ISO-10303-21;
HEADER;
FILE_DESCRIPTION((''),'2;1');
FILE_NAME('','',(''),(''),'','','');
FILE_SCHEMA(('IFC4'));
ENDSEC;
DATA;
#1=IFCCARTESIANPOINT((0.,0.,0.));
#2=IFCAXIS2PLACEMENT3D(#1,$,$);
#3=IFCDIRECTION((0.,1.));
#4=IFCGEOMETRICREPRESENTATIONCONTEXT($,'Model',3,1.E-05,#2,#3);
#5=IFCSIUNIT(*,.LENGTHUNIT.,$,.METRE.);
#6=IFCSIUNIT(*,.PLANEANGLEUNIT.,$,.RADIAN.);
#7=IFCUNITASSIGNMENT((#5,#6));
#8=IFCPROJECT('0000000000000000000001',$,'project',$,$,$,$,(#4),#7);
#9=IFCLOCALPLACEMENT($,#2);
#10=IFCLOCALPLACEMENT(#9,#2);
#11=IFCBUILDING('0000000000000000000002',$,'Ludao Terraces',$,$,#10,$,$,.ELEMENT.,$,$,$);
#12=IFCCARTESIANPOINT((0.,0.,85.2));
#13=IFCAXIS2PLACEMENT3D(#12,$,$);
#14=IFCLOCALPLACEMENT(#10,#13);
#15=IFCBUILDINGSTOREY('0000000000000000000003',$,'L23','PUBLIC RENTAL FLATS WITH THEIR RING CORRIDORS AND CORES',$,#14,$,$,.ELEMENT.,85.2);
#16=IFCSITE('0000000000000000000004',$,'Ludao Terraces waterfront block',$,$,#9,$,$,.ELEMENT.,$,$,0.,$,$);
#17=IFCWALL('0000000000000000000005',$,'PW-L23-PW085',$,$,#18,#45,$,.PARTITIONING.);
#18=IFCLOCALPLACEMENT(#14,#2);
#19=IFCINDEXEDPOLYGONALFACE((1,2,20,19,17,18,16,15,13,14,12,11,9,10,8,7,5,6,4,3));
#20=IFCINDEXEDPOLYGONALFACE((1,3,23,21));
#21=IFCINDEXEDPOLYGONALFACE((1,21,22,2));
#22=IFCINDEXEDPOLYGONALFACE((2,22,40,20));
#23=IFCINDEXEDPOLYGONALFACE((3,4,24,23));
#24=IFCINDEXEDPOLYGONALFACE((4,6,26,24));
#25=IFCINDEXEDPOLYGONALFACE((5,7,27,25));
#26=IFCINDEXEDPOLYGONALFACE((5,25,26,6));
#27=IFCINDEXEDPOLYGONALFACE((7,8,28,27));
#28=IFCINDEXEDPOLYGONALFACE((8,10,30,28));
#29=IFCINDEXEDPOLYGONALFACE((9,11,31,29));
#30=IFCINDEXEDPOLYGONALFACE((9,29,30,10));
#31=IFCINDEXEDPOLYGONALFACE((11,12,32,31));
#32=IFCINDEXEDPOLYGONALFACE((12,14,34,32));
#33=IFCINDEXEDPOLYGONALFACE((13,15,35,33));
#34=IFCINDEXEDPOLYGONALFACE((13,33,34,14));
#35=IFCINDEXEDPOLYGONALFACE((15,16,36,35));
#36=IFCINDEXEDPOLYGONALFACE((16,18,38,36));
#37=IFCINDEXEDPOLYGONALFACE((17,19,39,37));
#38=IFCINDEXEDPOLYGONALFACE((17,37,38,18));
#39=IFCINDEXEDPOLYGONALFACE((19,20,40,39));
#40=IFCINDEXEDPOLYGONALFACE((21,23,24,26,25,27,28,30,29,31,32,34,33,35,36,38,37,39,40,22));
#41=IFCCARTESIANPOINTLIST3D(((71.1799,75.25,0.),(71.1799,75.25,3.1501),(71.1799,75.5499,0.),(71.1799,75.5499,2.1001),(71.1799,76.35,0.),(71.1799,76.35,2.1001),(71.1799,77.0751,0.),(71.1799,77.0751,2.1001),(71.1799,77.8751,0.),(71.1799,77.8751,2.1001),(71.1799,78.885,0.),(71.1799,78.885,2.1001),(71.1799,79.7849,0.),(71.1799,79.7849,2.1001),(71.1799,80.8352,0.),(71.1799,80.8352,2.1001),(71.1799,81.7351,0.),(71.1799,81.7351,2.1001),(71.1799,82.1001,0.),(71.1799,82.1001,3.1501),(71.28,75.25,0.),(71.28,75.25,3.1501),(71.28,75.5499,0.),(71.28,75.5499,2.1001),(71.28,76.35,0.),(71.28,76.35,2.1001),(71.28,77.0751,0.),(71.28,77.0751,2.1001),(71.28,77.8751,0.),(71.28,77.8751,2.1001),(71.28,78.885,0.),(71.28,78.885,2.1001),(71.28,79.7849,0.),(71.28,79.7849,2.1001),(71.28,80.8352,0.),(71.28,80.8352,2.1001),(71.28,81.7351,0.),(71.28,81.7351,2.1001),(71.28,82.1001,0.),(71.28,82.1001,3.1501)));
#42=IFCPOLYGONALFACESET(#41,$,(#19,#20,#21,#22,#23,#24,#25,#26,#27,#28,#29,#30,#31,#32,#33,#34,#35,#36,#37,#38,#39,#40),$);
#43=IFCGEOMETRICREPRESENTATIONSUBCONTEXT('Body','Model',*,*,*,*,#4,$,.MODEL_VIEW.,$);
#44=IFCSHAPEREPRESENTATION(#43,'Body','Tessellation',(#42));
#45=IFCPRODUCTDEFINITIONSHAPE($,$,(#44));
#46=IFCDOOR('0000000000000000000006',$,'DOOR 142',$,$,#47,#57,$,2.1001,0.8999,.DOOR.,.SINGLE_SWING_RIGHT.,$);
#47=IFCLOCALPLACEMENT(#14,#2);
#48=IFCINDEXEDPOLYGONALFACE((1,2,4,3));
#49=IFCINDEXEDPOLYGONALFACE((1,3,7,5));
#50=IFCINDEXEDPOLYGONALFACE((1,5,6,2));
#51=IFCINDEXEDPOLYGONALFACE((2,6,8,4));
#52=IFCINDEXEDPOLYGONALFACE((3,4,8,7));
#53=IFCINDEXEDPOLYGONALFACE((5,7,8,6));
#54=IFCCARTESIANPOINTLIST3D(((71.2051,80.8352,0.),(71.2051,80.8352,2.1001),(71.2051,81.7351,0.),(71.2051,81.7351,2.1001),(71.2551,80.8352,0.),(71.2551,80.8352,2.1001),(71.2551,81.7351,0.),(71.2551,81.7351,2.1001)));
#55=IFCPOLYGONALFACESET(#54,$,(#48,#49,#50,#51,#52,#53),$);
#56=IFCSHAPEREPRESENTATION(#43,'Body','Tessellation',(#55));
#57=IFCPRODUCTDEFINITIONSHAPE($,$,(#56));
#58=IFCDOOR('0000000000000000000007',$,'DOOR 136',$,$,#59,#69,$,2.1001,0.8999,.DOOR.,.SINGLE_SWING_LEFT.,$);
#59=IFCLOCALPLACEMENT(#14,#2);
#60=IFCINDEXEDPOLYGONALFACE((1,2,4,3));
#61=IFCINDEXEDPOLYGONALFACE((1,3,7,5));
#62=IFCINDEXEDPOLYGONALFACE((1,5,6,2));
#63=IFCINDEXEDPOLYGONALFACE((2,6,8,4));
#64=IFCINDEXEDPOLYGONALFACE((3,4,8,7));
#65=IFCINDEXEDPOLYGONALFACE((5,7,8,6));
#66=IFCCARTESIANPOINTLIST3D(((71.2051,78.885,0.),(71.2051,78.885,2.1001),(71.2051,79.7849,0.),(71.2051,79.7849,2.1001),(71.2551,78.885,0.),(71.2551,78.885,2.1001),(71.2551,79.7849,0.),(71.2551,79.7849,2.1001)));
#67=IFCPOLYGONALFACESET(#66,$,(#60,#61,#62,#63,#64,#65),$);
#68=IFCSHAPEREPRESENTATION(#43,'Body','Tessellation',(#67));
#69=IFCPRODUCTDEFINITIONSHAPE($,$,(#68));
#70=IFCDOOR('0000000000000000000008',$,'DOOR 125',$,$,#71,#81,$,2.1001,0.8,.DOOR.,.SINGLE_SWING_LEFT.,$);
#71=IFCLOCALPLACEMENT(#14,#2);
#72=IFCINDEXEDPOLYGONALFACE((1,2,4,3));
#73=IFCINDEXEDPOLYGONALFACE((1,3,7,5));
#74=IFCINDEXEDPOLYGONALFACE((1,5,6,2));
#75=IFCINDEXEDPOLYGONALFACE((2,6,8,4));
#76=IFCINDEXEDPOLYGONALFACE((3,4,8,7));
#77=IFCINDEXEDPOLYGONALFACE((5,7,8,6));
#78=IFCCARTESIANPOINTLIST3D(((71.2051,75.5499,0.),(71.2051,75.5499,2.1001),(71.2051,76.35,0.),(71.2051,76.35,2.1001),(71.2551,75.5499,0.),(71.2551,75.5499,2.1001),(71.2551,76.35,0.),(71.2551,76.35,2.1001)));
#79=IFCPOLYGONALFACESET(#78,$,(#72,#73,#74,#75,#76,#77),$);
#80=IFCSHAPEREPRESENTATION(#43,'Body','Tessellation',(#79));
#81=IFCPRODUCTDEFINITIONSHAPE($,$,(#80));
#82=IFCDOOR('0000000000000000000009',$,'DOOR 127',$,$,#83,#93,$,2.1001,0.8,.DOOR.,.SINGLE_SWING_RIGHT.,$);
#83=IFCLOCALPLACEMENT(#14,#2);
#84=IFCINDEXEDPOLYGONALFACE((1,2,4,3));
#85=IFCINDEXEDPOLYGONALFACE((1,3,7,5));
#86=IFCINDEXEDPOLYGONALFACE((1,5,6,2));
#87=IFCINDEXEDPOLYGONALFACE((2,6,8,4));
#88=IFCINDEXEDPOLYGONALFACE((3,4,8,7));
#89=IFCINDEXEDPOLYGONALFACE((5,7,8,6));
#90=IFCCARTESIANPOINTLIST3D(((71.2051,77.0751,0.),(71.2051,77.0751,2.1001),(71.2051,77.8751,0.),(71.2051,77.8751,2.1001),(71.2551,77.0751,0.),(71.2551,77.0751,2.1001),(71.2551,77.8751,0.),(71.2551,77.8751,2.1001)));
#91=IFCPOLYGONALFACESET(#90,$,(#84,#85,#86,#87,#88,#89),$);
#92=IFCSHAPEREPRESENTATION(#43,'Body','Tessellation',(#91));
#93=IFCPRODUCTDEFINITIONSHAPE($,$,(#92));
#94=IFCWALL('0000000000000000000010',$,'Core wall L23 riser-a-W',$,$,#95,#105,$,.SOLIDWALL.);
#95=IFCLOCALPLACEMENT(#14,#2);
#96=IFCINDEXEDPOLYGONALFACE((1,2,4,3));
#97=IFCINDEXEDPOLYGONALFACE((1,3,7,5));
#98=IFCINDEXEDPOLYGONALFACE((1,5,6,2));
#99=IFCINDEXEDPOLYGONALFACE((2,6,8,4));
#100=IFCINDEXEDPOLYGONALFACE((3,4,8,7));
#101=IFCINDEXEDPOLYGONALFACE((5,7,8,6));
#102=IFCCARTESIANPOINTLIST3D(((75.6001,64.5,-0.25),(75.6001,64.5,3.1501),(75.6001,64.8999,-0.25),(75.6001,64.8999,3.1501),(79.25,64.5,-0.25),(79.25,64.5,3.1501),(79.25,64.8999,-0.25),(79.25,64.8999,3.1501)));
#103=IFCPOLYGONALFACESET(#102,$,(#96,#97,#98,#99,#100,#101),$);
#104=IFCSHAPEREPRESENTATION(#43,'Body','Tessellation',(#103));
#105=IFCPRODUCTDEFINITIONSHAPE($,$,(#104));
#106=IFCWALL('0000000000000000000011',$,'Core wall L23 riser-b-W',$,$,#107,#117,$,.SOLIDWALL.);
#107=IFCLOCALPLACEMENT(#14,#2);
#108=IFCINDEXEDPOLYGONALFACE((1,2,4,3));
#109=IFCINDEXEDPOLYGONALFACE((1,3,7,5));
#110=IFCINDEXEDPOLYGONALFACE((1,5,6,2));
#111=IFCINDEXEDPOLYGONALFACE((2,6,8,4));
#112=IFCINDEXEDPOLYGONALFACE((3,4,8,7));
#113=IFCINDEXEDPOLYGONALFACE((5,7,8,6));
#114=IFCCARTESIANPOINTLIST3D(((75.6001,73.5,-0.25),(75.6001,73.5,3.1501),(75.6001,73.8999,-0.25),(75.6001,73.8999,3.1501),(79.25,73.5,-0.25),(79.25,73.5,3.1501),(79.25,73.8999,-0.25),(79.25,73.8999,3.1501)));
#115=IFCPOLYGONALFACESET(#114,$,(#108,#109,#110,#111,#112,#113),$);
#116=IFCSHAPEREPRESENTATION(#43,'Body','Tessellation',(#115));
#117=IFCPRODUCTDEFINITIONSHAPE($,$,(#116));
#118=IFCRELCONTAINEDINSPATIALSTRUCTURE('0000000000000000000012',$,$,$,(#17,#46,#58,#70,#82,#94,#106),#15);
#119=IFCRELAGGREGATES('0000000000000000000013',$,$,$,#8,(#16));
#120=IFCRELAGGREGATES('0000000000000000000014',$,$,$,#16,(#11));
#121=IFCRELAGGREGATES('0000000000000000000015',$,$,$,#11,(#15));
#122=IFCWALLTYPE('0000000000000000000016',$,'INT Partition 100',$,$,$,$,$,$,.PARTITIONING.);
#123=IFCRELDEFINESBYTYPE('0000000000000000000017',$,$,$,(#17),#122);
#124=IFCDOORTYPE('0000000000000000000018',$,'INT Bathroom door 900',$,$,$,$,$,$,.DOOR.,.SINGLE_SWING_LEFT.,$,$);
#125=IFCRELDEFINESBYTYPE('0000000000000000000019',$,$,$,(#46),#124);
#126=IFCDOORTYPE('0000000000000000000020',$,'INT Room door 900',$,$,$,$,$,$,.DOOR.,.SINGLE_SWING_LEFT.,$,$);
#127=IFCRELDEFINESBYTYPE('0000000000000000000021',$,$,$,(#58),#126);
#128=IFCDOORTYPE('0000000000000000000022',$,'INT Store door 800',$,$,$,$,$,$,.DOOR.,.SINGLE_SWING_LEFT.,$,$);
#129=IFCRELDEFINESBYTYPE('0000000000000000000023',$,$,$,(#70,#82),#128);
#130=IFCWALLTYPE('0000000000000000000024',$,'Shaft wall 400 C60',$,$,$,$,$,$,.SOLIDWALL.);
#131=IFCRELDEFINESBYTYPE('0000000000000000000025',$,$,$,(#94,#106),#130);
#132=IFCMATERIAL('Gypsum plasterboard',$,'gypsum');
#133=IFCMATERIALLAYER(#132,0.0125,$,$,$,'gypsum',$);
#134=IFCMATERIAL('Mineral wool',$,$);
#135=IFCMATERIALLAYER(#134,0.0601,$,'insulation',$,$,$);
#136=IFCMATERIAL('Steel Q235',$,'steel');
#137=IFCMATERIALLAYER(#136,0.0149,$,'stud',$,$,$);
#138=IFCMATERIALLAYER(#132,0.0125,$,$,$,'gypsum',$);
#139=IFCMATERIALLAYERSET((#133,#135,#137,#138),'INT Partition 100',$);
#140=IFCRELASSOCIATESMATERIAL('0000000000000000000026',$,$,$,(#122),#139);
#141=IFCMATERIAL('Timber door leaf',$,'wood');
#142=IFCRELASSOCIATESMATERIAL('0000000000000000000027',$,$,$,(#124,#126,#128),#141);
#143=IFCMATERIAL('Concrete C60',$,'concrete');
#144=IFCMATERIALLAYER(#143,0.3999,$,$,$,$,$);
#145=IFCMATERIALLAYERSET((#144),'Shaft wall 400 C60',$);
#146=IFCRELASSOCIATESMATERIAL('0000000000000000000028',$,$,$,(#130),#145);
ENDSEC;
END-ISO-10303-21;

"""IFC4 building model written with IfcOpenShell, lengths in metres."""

from ifc_helpers import new_model, si_unit, direction, frame, frame_2d, origin, place, context, subcontext, project, spatial, rectangle, extrude, material, layer, layer_set, type_object, element, fill, save


model = new_model("IFC4")

# Units and contexts
model_context = context("Model", 3, precision=1e-05, world=origin(), true_north=direction((0.0, 1.0)))
body_context = subcontext(model_context, "Body", "Model", "MODEL_VIEW")
ifc_project = project(units=[si_unit("LENGTHUNIT", "METRE"), si_unit("PLANEANGLEUNIT", "RADIAN")], contexts=[model_context])

# Site, building, storey
site_placement = place(None, origin())
site = spatial("IfcSite", under=ifc_project, at=site_placement, Name="Ludao Terraces waterfront block", CompositionType="ELEMENT", RefElevation=0.0)
building_placement = place(site_placement, origin())
building = spatial("IfcBuilding", under=site, at=building_placement, Name="Ludao Terraces", CompositionType="ELEMENT")
storey_placement = place(building_placement, frame((0.0, 0.0, 85.2)))
storey = spatial("IfcBuildingStorey", under=building, at=storey_placement, Name="L23", Description="PUBLIC RENTAL FLATS WITH THEIR RING CORRIDORS AND CORES", CompositionType="ELEMENT", Elevation=85.2)

# Shared definitions
ifc_material_1 = material(Name="Steel Q235", Category="steel")

# Shared definitions
ifc_material_2 = material(Name="Mineral wool")
ifc_material_3 = material(Name="Gypsum plasterboard", Category="gypsum")
ifc_layer_1 = layer(ifc_material_3, 0.0125, Category="gypsum")
ifc_layer_2 = layer(ifc_material_2, 0.0601, Name="insulation")
ifc_layer_3 = layer(ifc_material_1, 0.0149, Name="stud")
ifc_layer_4 = layer(ifc_material_3, 0.0125, Category="gypsum")
ifc_layer_set_1 = layer_set([ifc_layer_1, ifc_layer_2, ifc_layer_3, ifc_layer_4], Name="INT Partition 100")
wall_type_1 = type_object("IfcWallType", Name="INT Partition 100", PredefinedType="PARTITIONING", material=ifc_layer_set_1)

# Wall, openings, doors
wall_1_placement = place(storey_placement, frame((71.23, 75.25, 0.0), z_axis=(0.0, 0.0, 1.0), x_axis=(0.0, 1.0, 0.0)))
wall_1 = element("IfcWall", 1, at=wall_1_placement, inside=storey, type_object=wall_type_1, Name="PW-L23-PW085", PredefinedType="PARTITIONING", context=body_context, shape_type="SweptSolid", body=[
    extrude(rectangle(XDim=6.8501, YDim=0.1001, at=frame_2d((3.425, 0.0))), origin(), (0.0, 0.0, 1.0), 3.1501),
])
opening_1_placement = place(wall_1_placement, frame((0.3, 0.0, 0.0)))
opening_1 = element("IfcOpeningElement", 2, at=opening_1_placement, cuts=wall_1, PredefinedType="OPENING", context=body_context, shape_type="SweptSolid", body=[
    extrude(rectangle(XDim=0.8, YDim=2.1001, at=frame_2d((0.3999, 1.05))), frame((0.0, 0.0601, 0.0), z_axis=(0.0, -1.0, 0.0), x_axis=(1.0, 0.0, 0.0)), (0.0, 0.0, 1.0), 0.1201),
])
opening_2_placement = place(wall_1_placement, frame((1.8252, 0.0, 0.0)))
opening_2 = element("IfcOpeningElement", 3, at=opening_2_placement, cuts=wall_1, PredefinedType="OPENING", context=body_context, shape_type="SweptSolid", body=[
    extrude(rectangle(XDim=0.8, YDim=2.1001, at=frame_2d((0.3999, 1.05))), frame((0.0, 0.0601, 0.0), z_axis=(0.0, -1.0, 0.0), x_axis=(1.0, 0.0, 0.0)), (0.0, 0.0, 1.0), 0.1201),
])
opening_3_placement = place(wall_1_placement, frame((3.635, 0.0, 0.0)))
opening_3 = element("IfcOpeningElement", 4, at=opening_3_placement, cuts=wall_1, PredefinedType="OPENING", context=body_context, shape_type="SweptSolid", body=[
    extrude(rectangle(XDim=0.8999, YDim=2.1001, at=frame_2d((0.45, 1.05))), frame((0.0, 0.0601, 0.0), z_axis=(0.0, -1.0, 0.0), x_axis=(1.0, 0.0, 0.0)), (0.0, 0.0, 1.0), 0.1201),
])
opening_4_placement = place(wall_1_placement, frame((5.5852, 0.0, 0.0)))
opening_4 = element("IfcOpeningElement", 5, at=opening_4_placement, cuts=wall_1, PredefinedType="OPENING", context=body_context, shape_type="SweptSolid", body=[
    extrude(rectangle(XDim=0.8999, YDim=2.1001, at=frame_2d((0.45, 1.05))), frame((0.0, 0.0601, 0.0), z_axis=(0.0, -1.0, 0.0), x_axis=(1.0, 0.0, 0.0)), (0.0, 0.0, 1.0), 0.1201),
])
ifc_material_4 = material(Name="Timber door leaf", Category="wood")
door_type_1 = type_object("IfcDoorType", Name="INT Bathroom door 900", OperationType="SINGLE_SWING_LEFT", PredefinedType="DOOR", material=ifc_material_4)
door_1_placement = place(opening_4_placement, origin())
door_1 = element("IfcDoor", 6, at=door_1_placement, inside=storey, type_object=door_type_1, Name="DOOR 142", OperationType="SINGLE_SWING_RIGHT", OverallHeight=2.1001, OverallWidth=0.8999, PredefinedType="DOOR", context=body_context, shape_type="SweptSolid", body=[
    extrude(rectangle(XDim=0.8999, YDim=2.1001, at=frame_2d((0.45, 1.05))), frame((0.0, 0.0249, 0.0), z_axis=(0.0, -1.0, 0.0), x_axis=(1.0, 0.0, 0.0)), (0.0, 0.0, 1.0), 0.05),
])
fill(opening_4, door_1)
door_type_2 = type_object("IfcDoorType", Name="INT Room door 900", OperationType="SINGLE_SWING_LEFT", PredefinedType="DOOR", material=ifc_material_4)
door_2_placement = place(opening_3_placement, origin())
door_2 = element("IfcDoor", 7, at=door_2_placement, inside=storey, type_object=door_type_2, Name="DOOR 136", OperationType="SINGLE_SWING_LEFT", OverallHeight=2.1001, OverallWidth=0.8999, PredefinedType="DOOR", context=body_context, shape_type="SweptSolid", body=[
    extrude(rectangle(XDim=0.8999, YDim=2.1001, at=frame_2d((0.45, 1.05))), frame((0.0, 0.0249, 0.0), z_axis=(0.0, -1.0, 0.0), x_axis=(1.0, 0.0, 0.0)), (0.0, 0.0, 1.0), 0.05),
])
fill(opening_3, door_2)
door_type_3 = type_object("IfcDoorType", Name="INT Store door 800", OperationType="SINGLE_SWING_LEFT", PredefinedType="DOOR", material=ifc_material_4)
door_3_placement = place(opening_1_placement, origin())
door_3 = element("IfcDoor", 8, at=door_3_placement, inside=storey, type_object=door_type_3, Name="DOOR 125", OperationType="SINGLE_SWING_LEFT", OverallHeight=2.1001, OverallWidth=0.8, PredefinedType="DOOR", context=body_context, shape_type="SweptSolid", body=[
    extrude(rectangle(XDim=0.8, YDim=2.1001, at=frame_2d((0.3999, 1.05))), frame((0.0, 0.0249, 0.0), z_axis=(0.0, -1.0, 0.0), x_axis=(1.0, 0.0, 0.0)), (0.0, 0.0, 1.0), 0.05),
])
fill(opening_1, door_3)
door_4_placement = place(opening_2_placement, origin())
door_4 = element("IfcDoor", 9, at=door_4_placement, inside=storey, type_object=door_type_3, Name="DOOR 127", OperationType="SINGLE_SWING_RIGHT", OverallHeight=2.1001, OverallWidth=0.8, PredefinedType="DOOR", context=body_context, shape_type="SweptSolid", body=[
    extrude(rectangle(XDim=0.8, YDim=2.1001, at=frame_2d((0.3999, 1.05))), frame((0.0, 0.0249, 0.0), z_axis=(0.0, -1.0, 0.0), x_axis=(1.0, 0.0, 0.0)), (0.0, 0.0, 1.0), 0.05),
])
fill(opening_2, door_4)

# Walls
ifc_material_5 = material(Name="Concrete C60", Category="concrete")
ifc_layer_5 = layer(ifc_material_5, 0.3999)
ifc_layer_set_2 = layer_set([ifc_layer_5], Name="Shaft wall 400 C60")
wall_type_2 = type_object("IfcWallType", Name="Shaft wall 400 C60", PredefinedType="SOLIDWALL", material=ifc_layer_set_2)
for number, where, z_axis, x_axis, name in (
    (10, (75.6001, 64.7, -0.25), (0.0, 0.0, 1.0), (1.0, 0.0, 0.0), "Core wall L23 riser-a-W"),
    (11, (75.6001, 73.7, -0.25), (0.0, 0.0, 1.0), (1.0, 0.0, 0.0), "Core wall L23 riser-b-W"),
):
    element("IfcWall", number, at=place(storey_placement, frame(where, z_axis=z_axis, x_axis=x_axis)), inside=storey, type_object=wall_type_2, Name=name, PredefinedType="SOLIDWALL", context=body_context, shape_type="SweptSolid", body=[
        extrude(rectangle(XDim=3.6499, YDim=0.3999, at=frame_2d((1.825, 0.0))), origin(), (0.0, 0.0, 1.0), 3.4001),
    ])

save(model, "model.ifc")
